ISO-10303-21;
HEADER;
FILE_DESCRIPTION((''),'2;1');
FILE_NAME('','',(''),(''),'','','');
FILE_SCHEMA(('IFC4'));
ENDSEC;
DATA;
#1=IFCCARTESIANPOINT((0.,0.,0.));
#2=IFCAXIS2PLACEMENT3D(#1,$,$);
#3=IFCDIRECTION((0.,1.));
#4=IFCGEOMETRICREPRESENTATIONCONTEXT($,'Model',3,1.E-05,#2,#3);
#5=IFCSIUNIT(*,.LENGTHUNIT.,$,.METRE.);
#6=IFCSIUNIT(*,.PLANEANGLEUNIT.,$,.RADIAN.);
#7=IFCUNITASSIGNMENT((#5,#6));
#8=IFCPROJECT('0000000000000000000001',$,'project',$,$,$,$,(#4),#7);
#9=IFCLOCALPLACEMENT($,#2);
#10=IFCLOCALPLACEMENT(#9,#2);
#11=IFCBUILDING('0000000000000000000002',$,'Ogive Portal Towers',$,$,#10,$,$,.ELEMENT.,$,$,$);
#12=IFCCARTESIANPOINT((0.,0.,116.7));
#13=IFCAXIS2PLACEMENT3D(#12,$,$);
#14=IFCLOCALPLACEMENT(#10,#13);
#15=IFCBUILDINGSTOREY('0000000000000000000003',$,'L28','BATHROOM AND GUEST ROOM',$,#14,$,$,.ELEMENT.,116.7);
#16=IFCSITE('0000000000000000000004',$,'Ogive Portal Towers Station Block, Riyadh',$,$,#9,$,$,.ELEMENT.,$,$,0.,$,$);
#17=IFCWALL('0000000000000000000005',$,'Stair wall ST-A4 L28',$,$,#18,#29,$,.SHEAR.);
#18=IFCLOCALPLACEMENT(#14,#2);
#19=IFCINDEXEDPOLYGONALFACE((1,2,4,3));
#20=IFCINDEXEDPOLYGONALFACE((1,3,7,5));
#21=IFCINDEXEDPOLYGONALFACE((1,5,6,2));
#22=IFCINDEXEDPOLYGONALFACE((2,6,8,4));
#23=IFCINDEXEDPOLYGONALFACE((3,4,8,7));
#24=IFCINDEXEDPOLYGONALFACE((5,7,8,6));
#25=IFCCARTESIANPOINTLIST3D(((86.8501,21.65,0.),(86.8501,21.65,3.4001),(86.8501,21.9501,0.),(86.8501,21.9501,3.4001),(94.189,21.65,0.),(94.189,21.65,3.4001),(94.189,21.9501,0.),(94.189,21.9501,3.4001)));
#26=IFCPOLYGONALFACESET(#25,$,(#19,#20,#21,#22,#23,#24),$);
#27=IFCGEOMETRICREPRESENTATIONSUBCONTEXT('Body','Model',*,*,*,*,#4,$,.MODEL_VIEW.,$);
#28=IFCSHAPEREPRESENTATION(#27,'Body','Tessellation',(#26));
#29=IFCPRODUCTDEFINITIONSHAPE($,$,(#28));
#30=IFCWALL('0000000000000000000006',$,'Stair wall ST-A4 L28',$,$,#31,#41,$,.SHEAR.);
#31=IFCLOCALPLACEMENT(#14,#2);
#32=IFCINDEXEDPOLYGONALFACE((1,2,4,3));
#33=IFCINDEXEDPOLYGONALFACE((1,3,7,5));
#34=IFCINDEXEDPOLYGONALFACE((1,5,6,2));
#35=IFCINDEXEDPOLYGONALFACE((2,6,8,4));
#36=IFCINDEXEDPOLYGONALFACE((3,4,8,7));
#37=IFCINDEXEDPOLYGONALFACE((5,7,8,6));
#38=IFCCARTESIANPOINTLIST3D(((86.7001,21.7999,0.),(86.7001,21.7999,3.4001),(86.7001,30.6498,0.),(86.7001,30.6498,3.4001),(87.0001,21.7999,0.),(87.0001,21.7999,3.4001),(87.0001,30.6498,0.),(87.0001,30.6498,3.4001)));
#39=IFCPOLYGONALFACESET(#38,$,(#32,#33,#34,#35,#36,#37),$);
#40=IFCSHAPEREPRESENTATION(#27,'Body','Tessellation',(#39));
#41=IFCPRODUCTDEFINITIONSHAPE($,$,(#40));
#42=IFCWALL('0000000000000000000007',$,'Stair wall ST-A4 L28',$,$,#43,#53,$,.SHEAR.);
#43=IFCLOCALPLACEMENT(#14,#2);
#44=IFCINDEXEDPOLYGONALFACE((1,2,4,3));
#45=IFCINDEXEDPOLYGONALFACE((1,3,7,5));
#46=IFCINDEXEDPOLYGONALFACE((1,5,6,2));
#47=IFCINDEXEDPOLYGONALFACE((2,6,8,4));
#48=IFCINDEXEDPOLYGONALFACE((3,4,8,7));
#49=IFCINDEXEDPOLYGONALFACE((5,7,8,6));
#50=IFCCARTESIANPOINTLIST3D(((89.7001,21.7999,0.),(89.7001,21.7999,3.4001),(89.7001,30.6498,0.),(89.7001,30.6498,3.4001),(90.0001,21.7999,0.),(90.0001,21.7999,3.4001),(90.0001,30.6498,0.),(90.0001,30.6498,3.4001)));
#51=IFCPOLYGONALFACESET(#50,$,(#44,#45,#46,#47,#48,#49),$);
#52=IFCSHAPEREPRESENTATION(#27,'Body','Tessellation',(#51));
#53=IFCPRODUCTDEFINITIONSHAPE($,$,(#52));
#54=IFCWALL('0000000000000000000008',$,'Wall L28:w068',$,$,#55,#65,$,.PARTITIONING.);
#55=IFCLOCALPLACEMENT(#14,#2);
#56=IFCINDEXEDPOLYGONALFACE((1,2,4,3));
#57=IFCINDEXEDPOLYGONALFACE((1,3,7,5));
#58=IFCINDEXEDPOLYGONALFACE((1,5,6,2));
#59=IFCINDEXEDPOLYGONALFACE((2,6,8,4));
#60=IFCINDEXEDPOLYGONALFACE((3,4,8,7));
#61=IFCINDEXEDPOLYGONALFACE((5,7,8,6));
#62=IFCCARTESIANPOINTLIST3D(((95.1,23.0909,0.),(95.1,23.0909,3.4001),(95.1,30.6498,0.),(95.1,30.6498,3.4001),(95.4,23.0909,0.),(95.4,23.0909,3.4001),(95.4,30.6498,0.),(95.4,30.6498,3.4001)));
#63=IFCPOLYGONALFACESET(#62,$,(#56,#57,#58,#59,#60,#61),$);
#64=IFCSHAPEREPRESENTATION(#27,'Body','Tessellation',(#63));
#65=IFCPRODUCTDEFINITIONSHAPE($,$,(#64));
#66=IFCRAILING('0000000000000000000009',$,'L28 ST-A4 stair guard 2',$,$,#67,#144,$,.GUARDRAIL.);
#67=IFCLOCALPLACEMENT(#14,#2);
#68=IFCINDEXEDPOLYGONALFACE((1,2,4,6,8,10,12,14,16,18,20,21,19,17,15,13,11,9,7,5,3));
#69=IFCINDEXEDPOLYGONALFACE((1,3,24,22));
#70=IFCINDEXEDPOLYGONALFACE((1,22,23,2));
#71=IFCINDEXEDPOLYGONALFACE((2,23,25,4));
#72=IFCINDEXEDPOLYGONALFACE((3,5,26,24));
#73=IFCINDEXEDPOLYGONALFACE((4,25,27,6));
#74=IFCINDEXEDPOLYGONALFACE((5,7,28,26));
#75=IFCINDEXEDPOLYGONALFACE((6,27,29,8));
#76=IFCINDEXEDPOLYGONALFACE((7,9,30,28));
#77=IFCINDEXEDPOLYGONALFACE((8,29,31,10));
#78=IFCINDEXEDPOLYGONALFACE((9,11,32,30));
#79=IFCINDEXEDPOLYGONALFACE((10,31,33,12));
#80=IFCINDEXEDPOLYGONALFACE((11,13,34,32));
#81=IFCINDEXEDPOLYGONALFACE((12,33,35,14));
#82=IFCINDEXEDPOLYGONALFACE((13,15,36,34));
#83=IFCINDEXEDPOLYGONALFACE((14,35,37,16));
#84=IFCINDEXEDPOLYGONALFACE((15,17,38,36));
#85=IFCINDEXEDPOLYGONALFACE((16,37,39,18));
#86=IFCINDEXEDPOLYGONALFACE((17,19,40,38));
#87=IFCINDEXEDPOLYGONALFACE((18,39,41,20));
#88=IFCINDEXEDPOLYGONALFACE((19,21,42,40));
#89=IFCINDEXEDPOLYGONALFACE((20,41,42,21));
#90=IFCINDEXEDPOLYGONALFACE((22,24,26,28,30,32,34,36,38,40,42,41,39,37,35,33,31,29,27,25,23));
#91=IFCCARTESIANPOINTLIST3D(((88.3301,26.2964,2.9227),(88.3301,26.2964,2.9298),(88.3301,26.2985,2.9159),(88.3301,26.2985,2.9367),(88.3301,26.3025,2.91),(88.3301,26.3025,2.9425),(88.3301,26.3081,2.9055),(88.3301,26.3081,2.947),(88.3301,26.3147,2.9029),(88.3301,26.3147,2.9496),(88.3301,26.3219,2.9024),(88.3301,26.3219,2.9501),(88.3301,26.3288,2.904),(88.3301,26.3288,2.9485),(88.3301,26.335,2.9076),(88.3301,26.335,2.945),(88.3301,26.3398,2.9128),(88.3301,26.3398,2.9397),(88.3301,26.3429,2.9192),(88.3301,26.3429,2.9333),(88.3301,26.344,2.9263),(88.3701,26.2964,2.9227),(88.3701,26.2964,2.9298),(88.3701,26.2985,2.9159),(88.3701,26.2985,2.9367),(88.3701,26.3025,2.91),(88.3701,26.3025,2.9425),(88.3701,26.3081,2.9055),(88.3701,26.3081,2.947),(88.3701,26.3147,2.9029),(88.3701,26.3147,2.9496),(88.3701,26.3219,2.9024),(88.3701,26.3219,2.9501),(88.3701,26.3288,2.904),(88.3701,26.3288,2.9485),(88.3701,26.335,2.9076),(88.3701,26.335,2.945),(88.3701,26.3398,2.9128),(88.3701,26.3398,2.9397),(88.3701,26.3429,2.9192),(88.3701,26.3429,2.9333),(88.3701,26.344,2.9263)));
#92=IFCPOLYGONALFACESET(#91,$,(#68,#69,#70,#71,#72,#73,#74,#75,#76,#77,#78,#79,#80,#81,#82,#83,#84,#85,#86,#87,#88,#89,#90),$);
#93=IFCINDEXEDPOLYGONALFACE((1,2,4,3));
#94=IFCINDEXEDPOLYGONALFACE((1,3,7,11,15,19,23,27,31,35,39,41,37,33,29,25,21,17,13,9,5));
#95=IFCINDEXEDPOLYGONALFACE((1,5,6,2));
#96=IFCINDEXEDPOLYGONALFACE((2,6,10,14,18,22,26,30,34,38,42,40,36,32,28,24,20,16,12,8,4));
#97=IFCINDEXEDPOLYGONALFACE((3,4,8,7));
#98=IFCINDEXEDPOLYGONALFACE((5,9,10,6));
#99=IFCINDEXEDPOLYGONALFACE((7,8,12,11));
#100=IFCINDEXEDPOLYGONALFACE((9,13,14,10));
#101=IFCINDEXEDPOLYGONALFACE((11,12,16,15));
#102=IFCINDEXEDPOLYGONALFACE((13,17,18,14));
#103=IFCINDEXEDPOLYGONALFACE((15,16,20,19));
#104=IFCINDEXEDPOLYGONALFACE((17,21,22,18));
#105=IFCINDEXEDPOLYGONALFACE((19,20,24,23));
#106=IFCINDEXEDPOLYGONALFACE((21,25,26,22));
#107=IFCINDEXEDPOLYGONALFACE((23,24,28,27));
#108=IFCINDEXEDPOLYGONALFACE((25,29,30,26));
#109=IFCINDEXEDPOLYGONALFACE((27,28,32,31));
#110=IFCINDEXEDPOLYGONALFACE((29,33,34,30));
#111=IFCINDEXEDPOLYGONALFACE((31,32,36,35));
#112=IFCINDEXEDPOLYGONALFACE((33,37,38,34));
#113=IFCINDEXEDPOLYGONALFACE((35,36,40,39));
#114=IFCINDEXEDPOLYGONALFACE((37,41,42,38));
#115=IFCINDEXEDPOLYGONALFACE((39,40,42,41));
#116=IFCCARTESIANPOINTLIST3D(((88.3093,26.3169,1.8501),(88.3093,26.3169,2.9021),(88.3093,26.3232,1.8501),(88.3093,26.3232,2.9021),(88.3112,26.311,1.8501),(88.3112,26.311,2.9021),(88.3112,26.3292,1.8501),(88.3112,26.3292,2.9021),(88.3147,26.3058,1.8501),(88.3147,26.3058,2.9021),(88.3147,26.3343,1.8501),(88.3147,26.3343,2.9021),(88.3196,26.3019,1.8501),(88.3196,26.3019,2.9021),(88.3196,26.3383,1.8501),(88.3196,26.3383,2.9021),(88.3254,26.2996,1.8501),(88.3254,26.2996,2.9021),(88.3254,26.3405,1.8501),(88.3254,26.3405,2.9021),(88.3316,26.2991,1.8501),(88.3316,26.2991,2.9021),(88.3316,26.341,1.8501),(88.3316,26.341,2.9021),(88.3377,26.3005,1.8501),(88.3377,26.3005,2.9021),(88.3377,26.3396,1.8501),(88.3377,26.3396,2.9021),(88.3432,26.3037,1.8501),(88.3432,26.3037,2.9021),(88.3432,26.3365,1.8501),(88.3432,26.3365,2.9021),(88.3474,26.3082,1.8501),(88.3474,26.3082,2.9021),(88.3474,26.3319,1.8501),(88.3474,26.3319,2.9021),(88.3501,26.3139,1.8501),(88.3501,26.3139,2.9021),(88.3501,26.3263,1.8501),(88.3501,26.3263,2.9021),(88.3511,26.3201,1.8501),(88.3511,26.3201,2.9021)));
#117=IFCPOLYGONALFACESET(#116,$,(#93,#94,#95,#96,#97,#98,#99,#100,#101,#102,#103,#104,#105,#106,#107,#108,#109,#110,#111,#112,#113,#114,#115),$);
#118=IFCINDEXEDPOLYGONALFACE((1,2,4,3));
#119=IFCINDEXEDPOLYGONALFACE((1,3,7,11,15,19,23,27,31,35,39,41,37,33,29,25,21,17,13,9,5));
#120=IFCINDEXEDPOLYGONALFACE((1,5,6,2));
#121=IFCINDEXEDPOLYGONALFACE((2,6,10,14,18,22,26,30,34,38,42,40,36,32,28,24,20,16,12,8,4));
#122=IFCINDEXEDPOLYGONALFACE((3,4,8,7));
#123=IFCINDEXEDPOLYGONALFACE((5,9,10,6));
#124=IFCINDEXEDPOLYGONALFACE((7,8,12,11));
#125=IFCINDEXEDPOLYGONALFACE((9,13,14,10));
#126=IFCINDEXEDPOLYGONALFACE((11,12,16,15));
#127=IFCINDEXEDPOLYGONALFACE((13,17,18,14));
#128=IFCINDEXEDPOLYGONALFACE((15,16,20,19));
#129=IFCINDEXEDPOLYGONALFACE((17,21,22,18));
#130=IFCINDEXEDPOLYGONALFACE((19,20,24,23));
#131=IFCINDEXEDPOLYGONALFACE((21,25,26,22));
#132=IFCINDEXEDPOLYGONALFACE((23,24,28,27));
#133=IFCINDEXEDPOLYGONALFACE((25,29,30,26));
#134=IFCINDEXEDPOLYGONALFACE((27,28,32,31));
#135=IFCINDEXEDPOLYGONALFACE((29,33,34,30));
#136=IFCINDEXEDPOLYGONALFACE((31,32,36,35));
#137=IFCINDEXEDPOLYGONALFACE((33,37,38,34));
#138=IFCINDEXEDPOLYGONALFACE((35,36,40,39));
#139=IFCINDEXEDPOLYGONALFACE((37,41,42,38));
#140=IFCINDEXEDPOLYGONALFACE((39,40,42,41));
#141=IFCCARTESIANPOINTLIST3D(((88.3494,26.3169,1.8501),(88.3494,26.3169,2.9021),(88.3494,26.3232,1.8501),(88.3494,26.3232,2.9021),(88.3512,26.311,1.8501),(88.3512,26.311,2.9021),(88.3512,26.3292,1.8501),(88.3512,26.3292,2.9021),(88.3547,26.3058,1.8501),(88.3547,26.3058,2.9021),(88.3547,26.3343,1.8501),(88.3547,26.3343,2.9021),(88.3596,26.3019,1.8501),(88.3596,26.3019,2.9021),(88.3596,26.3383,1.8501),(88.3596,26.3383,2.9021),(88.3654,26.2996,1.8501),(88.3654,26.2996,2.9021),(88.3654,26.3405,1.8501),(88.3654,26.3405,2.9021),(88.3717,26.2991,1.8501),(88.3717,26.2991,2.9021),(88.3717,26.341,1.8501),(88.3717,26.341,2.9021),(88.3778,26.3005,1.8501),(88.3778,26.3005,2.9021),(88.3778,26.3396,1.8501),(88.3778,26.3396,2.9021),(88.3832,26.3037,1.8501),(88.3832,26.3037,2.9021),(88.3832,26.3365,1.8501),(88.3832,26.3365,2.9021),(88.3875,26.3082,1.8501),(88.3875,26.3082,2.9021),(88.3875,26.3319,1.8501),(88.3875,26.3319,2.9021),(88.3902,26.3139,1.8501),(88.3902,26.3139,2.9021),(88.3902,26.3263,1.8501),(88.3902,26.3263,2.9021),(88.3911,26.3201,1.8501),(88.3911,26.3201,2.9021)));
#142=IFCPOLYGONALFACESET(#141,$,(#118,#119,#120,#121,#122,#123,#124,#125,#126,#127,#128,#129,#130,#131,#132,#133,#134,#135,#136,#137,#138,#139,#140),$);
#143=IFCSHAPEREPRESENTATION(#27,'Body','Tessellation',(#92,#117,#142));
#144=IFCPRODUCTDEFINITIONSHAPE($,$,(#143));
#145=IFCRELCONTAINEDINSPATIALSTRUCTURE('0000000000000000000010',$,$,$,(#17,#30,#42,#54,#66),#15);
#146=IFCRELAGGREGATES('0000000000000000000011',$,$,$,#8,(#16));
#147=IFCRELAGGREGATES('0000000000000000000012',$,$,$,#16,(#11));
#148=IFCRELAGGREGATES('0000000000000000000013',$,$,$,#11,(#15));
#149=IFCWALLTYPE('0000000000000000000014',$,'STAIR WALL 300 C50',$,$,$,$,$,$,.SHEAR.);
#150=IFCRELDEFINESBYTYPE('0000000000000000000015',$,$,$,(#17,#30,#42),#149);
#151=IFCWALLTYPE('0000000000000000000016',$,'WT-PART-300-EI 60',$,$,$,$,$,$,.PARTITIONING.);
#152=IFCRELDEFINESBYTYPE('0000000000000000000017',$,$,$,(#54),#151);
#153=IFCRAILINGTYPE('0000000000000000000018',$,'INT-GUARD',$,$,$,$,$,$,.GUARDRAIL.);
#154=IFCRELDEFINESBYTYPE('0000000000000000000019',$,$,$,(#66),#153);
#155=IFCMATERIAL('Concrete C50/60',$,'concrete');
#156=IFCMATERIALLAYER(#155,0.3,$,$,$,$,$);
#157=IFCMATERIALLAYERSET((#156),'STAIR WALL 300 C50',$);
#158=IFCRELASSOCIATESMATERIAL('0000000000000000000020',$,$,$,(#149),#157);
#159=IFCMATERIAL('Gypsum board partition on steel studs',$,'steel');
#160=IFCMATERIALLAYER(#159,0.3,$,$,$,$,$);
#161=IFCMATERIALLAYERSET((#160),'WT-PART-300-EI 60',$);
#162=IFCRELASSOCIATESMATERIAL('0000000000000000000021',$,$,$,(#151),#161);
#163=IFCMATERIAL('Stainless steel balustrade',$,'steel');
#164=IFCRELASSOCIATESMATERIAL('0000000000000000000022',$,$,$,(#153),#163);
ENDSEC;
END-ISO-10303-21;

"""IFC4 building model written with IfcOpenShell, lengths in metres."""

from ifc_helpers import new_model, si_unit, direction, frame, frame_2d, origin, origin_2d, place, context, subcontext, project, spatial, rectangle, circle, extrude, material, layer, layer_set, type_object, element, save


model = new_model("IFC4")

# Units and contexts
model_context = context("Model", 3, precision=1e-05, world=origin(), true_north=direction((0.0, 1.0)))
body_context = subcontext(model_context, "Body", "Model", "MODEL_VIEW")
ifc_project = project(units=[si_unit("LENGTHUNIT", "METRE"), si_unit("PLANEANGLEUNIT", "RADIAN")], contexts=[model_context])

# Site, building, storey
site_placement = place(None, origin())
site = spatial("IfcSite", under=ifc_project, at=site_placement, Name="Ogive Portal Towers Station Block, Riyadh", CompositionType="ELEMENT", RefElevation=0.0)
building_placement = place(site_placement, origin())
building = spatial("IfcBuilding", under=site, at=building_placement, Name="Ogive Portal Towers", CompositionType="ELEMENT")
storey_placement = place(building_placement, frame((0.0, 0.0, 116.7)))
storey = spatial("IfcBuildingStorey", under=building, at=storey_placement, Name="L28", Description="BATHROOM AND GUEST ROOM", CompositionType="ELEMENT", Elevation=116.7)

# Walls
ifc_material_1 = material(Name="Concrete C50/60", Category="concrete")
ifc_layer_1 = layer(ifc_material_1, 0.3)
ifc_layer_set_1 = layer_set([ifc_layer_1], Name="STAIR WALL 300 C50")
wall_type_1 = type_object("IfcWallType", Name="STAIR WALL 300 C50", PredefinedType="SHEAR", material=ifc_layer_set_1)
wall_1_placement = place(storey_placement, frame((86.8501, 21.8, 0.0), z_axis=(0.0, 0.0, 1.0), x_axis=(1.0, 0.0, 0.0)))
element("IfcWall", 1, at=wall_1_placement, inside=storey, type_object=wall_type_1, Name="Stair wall ST-A4 L28", PredefinedType="SHEAR", context=body_context, shape_type="SweptSolid", body=[
    extrude(rectangle(XDim=7.3389, YDim=0.3, at=frame_2d((3.6694, 0.0))), origin(), (0.0, 0.0, 1.0), 3.4001),
])
for number, where, z_axis, x_axis, name in (
    (2, (86.8501, 21.8, 0.0), (0.0, 0.0, 1.0), (0.0, 1.0, 0.0), "Stair wall ST-A4 L28"),
    (3, (89.8501, 21.8, 0.0), (0.0, 0.0, 1.0), (0.0, 1.0, 0.0), "Stair wall ST-A4 L28"),
):
    element("IfcWall", number, at=place(storey_placement, frame(where, z_axis=z_axis, x_axis=x_axis)), inside=storey, type_object=wall_type_1, Name=name, PredefinedType="SHEAR", context=body_context, shape_type="SweptSolid", body=[
        extrude(rectangle(XDim=8.8499, YDim=0.3, at=frame_2d((4.4248, 0.0))), origin(), (0.0, 0.0, 1.0), 3.4001),
    ])
ifc_material_2 = material(Name="Gypsum board partition on steel studs", Category="steel")
ifc_layer_2 = layer(ifc_material_2, 0.3)
ifc_layer_set_2 = layer_set([ifc_layer_2], Name="WT-PART-300-EI 60")
wall_type_2 = type_object("IfcWallType", Name="WT-PART-300-EI 60", PredefinedType="PARTITIONING", material=ifc_layer_set_2)
wall_2_placement = place(storey_placement, frame((95.25, 23.0911, 0.0), z_axis=(0.0, 0.0, 1.0), x_axis=(0.0, 1.0, 0.0)))
element("IfcWall", 4, at=wall_2_placement, inside=storey, type_object=wall_type_2, Name="Wall L28:w068", PredefinedType="PARTITIONING", context=body_context, shape_type="SweptSolid", body=[
    extrude(rectangle(XDim=7.5588, YDim=0.3, at=frame_2d((3.7793, 0.0))), origin(), (0.0, 0.0, 1.0), 3.4001),
])

# Railing
ifc_material_3 = material(Name="Stainless steel balustrade", Category="steel")
railing_type = type_object("IfcRailingType", Name="INT-GUARD", PredefinedType="GUARDRAIL", material=ifc_material_3)
railing_1_placement = place(storey_placement, frame((88.3301, 26.3201, 1.8501)))
element("IfcRailing", 5, at=railing_1_placement, inside=storey, type_object=railing_type, Name="L28 ST-A4 stair guard 2", PredefinedType="GUARDRAIL", context=body_context, shape_type="SweptSolid", body=[
    extrude(circle(Radius=0.0239, at=origin_2d()), frame((0.0, 0.0, 1.0762), z_axis=(1.0, 0.0, 0.0), x_axis=(0.0, 1.0, 0.0)), (0.0, 0.0, 1.0), 0.04),
    extrude(circle(Radius=0.021, at=origin_2d()), origin(), (0.0, 0.0, 1.0), 1.052),
    extrude(circle(Radius=0.021, at=origin_2d()), frame((0.04, 0.0, 0.0)), (0.0, 0.0, 1.0), 1.052),
])

save(model, "model.ifc")
